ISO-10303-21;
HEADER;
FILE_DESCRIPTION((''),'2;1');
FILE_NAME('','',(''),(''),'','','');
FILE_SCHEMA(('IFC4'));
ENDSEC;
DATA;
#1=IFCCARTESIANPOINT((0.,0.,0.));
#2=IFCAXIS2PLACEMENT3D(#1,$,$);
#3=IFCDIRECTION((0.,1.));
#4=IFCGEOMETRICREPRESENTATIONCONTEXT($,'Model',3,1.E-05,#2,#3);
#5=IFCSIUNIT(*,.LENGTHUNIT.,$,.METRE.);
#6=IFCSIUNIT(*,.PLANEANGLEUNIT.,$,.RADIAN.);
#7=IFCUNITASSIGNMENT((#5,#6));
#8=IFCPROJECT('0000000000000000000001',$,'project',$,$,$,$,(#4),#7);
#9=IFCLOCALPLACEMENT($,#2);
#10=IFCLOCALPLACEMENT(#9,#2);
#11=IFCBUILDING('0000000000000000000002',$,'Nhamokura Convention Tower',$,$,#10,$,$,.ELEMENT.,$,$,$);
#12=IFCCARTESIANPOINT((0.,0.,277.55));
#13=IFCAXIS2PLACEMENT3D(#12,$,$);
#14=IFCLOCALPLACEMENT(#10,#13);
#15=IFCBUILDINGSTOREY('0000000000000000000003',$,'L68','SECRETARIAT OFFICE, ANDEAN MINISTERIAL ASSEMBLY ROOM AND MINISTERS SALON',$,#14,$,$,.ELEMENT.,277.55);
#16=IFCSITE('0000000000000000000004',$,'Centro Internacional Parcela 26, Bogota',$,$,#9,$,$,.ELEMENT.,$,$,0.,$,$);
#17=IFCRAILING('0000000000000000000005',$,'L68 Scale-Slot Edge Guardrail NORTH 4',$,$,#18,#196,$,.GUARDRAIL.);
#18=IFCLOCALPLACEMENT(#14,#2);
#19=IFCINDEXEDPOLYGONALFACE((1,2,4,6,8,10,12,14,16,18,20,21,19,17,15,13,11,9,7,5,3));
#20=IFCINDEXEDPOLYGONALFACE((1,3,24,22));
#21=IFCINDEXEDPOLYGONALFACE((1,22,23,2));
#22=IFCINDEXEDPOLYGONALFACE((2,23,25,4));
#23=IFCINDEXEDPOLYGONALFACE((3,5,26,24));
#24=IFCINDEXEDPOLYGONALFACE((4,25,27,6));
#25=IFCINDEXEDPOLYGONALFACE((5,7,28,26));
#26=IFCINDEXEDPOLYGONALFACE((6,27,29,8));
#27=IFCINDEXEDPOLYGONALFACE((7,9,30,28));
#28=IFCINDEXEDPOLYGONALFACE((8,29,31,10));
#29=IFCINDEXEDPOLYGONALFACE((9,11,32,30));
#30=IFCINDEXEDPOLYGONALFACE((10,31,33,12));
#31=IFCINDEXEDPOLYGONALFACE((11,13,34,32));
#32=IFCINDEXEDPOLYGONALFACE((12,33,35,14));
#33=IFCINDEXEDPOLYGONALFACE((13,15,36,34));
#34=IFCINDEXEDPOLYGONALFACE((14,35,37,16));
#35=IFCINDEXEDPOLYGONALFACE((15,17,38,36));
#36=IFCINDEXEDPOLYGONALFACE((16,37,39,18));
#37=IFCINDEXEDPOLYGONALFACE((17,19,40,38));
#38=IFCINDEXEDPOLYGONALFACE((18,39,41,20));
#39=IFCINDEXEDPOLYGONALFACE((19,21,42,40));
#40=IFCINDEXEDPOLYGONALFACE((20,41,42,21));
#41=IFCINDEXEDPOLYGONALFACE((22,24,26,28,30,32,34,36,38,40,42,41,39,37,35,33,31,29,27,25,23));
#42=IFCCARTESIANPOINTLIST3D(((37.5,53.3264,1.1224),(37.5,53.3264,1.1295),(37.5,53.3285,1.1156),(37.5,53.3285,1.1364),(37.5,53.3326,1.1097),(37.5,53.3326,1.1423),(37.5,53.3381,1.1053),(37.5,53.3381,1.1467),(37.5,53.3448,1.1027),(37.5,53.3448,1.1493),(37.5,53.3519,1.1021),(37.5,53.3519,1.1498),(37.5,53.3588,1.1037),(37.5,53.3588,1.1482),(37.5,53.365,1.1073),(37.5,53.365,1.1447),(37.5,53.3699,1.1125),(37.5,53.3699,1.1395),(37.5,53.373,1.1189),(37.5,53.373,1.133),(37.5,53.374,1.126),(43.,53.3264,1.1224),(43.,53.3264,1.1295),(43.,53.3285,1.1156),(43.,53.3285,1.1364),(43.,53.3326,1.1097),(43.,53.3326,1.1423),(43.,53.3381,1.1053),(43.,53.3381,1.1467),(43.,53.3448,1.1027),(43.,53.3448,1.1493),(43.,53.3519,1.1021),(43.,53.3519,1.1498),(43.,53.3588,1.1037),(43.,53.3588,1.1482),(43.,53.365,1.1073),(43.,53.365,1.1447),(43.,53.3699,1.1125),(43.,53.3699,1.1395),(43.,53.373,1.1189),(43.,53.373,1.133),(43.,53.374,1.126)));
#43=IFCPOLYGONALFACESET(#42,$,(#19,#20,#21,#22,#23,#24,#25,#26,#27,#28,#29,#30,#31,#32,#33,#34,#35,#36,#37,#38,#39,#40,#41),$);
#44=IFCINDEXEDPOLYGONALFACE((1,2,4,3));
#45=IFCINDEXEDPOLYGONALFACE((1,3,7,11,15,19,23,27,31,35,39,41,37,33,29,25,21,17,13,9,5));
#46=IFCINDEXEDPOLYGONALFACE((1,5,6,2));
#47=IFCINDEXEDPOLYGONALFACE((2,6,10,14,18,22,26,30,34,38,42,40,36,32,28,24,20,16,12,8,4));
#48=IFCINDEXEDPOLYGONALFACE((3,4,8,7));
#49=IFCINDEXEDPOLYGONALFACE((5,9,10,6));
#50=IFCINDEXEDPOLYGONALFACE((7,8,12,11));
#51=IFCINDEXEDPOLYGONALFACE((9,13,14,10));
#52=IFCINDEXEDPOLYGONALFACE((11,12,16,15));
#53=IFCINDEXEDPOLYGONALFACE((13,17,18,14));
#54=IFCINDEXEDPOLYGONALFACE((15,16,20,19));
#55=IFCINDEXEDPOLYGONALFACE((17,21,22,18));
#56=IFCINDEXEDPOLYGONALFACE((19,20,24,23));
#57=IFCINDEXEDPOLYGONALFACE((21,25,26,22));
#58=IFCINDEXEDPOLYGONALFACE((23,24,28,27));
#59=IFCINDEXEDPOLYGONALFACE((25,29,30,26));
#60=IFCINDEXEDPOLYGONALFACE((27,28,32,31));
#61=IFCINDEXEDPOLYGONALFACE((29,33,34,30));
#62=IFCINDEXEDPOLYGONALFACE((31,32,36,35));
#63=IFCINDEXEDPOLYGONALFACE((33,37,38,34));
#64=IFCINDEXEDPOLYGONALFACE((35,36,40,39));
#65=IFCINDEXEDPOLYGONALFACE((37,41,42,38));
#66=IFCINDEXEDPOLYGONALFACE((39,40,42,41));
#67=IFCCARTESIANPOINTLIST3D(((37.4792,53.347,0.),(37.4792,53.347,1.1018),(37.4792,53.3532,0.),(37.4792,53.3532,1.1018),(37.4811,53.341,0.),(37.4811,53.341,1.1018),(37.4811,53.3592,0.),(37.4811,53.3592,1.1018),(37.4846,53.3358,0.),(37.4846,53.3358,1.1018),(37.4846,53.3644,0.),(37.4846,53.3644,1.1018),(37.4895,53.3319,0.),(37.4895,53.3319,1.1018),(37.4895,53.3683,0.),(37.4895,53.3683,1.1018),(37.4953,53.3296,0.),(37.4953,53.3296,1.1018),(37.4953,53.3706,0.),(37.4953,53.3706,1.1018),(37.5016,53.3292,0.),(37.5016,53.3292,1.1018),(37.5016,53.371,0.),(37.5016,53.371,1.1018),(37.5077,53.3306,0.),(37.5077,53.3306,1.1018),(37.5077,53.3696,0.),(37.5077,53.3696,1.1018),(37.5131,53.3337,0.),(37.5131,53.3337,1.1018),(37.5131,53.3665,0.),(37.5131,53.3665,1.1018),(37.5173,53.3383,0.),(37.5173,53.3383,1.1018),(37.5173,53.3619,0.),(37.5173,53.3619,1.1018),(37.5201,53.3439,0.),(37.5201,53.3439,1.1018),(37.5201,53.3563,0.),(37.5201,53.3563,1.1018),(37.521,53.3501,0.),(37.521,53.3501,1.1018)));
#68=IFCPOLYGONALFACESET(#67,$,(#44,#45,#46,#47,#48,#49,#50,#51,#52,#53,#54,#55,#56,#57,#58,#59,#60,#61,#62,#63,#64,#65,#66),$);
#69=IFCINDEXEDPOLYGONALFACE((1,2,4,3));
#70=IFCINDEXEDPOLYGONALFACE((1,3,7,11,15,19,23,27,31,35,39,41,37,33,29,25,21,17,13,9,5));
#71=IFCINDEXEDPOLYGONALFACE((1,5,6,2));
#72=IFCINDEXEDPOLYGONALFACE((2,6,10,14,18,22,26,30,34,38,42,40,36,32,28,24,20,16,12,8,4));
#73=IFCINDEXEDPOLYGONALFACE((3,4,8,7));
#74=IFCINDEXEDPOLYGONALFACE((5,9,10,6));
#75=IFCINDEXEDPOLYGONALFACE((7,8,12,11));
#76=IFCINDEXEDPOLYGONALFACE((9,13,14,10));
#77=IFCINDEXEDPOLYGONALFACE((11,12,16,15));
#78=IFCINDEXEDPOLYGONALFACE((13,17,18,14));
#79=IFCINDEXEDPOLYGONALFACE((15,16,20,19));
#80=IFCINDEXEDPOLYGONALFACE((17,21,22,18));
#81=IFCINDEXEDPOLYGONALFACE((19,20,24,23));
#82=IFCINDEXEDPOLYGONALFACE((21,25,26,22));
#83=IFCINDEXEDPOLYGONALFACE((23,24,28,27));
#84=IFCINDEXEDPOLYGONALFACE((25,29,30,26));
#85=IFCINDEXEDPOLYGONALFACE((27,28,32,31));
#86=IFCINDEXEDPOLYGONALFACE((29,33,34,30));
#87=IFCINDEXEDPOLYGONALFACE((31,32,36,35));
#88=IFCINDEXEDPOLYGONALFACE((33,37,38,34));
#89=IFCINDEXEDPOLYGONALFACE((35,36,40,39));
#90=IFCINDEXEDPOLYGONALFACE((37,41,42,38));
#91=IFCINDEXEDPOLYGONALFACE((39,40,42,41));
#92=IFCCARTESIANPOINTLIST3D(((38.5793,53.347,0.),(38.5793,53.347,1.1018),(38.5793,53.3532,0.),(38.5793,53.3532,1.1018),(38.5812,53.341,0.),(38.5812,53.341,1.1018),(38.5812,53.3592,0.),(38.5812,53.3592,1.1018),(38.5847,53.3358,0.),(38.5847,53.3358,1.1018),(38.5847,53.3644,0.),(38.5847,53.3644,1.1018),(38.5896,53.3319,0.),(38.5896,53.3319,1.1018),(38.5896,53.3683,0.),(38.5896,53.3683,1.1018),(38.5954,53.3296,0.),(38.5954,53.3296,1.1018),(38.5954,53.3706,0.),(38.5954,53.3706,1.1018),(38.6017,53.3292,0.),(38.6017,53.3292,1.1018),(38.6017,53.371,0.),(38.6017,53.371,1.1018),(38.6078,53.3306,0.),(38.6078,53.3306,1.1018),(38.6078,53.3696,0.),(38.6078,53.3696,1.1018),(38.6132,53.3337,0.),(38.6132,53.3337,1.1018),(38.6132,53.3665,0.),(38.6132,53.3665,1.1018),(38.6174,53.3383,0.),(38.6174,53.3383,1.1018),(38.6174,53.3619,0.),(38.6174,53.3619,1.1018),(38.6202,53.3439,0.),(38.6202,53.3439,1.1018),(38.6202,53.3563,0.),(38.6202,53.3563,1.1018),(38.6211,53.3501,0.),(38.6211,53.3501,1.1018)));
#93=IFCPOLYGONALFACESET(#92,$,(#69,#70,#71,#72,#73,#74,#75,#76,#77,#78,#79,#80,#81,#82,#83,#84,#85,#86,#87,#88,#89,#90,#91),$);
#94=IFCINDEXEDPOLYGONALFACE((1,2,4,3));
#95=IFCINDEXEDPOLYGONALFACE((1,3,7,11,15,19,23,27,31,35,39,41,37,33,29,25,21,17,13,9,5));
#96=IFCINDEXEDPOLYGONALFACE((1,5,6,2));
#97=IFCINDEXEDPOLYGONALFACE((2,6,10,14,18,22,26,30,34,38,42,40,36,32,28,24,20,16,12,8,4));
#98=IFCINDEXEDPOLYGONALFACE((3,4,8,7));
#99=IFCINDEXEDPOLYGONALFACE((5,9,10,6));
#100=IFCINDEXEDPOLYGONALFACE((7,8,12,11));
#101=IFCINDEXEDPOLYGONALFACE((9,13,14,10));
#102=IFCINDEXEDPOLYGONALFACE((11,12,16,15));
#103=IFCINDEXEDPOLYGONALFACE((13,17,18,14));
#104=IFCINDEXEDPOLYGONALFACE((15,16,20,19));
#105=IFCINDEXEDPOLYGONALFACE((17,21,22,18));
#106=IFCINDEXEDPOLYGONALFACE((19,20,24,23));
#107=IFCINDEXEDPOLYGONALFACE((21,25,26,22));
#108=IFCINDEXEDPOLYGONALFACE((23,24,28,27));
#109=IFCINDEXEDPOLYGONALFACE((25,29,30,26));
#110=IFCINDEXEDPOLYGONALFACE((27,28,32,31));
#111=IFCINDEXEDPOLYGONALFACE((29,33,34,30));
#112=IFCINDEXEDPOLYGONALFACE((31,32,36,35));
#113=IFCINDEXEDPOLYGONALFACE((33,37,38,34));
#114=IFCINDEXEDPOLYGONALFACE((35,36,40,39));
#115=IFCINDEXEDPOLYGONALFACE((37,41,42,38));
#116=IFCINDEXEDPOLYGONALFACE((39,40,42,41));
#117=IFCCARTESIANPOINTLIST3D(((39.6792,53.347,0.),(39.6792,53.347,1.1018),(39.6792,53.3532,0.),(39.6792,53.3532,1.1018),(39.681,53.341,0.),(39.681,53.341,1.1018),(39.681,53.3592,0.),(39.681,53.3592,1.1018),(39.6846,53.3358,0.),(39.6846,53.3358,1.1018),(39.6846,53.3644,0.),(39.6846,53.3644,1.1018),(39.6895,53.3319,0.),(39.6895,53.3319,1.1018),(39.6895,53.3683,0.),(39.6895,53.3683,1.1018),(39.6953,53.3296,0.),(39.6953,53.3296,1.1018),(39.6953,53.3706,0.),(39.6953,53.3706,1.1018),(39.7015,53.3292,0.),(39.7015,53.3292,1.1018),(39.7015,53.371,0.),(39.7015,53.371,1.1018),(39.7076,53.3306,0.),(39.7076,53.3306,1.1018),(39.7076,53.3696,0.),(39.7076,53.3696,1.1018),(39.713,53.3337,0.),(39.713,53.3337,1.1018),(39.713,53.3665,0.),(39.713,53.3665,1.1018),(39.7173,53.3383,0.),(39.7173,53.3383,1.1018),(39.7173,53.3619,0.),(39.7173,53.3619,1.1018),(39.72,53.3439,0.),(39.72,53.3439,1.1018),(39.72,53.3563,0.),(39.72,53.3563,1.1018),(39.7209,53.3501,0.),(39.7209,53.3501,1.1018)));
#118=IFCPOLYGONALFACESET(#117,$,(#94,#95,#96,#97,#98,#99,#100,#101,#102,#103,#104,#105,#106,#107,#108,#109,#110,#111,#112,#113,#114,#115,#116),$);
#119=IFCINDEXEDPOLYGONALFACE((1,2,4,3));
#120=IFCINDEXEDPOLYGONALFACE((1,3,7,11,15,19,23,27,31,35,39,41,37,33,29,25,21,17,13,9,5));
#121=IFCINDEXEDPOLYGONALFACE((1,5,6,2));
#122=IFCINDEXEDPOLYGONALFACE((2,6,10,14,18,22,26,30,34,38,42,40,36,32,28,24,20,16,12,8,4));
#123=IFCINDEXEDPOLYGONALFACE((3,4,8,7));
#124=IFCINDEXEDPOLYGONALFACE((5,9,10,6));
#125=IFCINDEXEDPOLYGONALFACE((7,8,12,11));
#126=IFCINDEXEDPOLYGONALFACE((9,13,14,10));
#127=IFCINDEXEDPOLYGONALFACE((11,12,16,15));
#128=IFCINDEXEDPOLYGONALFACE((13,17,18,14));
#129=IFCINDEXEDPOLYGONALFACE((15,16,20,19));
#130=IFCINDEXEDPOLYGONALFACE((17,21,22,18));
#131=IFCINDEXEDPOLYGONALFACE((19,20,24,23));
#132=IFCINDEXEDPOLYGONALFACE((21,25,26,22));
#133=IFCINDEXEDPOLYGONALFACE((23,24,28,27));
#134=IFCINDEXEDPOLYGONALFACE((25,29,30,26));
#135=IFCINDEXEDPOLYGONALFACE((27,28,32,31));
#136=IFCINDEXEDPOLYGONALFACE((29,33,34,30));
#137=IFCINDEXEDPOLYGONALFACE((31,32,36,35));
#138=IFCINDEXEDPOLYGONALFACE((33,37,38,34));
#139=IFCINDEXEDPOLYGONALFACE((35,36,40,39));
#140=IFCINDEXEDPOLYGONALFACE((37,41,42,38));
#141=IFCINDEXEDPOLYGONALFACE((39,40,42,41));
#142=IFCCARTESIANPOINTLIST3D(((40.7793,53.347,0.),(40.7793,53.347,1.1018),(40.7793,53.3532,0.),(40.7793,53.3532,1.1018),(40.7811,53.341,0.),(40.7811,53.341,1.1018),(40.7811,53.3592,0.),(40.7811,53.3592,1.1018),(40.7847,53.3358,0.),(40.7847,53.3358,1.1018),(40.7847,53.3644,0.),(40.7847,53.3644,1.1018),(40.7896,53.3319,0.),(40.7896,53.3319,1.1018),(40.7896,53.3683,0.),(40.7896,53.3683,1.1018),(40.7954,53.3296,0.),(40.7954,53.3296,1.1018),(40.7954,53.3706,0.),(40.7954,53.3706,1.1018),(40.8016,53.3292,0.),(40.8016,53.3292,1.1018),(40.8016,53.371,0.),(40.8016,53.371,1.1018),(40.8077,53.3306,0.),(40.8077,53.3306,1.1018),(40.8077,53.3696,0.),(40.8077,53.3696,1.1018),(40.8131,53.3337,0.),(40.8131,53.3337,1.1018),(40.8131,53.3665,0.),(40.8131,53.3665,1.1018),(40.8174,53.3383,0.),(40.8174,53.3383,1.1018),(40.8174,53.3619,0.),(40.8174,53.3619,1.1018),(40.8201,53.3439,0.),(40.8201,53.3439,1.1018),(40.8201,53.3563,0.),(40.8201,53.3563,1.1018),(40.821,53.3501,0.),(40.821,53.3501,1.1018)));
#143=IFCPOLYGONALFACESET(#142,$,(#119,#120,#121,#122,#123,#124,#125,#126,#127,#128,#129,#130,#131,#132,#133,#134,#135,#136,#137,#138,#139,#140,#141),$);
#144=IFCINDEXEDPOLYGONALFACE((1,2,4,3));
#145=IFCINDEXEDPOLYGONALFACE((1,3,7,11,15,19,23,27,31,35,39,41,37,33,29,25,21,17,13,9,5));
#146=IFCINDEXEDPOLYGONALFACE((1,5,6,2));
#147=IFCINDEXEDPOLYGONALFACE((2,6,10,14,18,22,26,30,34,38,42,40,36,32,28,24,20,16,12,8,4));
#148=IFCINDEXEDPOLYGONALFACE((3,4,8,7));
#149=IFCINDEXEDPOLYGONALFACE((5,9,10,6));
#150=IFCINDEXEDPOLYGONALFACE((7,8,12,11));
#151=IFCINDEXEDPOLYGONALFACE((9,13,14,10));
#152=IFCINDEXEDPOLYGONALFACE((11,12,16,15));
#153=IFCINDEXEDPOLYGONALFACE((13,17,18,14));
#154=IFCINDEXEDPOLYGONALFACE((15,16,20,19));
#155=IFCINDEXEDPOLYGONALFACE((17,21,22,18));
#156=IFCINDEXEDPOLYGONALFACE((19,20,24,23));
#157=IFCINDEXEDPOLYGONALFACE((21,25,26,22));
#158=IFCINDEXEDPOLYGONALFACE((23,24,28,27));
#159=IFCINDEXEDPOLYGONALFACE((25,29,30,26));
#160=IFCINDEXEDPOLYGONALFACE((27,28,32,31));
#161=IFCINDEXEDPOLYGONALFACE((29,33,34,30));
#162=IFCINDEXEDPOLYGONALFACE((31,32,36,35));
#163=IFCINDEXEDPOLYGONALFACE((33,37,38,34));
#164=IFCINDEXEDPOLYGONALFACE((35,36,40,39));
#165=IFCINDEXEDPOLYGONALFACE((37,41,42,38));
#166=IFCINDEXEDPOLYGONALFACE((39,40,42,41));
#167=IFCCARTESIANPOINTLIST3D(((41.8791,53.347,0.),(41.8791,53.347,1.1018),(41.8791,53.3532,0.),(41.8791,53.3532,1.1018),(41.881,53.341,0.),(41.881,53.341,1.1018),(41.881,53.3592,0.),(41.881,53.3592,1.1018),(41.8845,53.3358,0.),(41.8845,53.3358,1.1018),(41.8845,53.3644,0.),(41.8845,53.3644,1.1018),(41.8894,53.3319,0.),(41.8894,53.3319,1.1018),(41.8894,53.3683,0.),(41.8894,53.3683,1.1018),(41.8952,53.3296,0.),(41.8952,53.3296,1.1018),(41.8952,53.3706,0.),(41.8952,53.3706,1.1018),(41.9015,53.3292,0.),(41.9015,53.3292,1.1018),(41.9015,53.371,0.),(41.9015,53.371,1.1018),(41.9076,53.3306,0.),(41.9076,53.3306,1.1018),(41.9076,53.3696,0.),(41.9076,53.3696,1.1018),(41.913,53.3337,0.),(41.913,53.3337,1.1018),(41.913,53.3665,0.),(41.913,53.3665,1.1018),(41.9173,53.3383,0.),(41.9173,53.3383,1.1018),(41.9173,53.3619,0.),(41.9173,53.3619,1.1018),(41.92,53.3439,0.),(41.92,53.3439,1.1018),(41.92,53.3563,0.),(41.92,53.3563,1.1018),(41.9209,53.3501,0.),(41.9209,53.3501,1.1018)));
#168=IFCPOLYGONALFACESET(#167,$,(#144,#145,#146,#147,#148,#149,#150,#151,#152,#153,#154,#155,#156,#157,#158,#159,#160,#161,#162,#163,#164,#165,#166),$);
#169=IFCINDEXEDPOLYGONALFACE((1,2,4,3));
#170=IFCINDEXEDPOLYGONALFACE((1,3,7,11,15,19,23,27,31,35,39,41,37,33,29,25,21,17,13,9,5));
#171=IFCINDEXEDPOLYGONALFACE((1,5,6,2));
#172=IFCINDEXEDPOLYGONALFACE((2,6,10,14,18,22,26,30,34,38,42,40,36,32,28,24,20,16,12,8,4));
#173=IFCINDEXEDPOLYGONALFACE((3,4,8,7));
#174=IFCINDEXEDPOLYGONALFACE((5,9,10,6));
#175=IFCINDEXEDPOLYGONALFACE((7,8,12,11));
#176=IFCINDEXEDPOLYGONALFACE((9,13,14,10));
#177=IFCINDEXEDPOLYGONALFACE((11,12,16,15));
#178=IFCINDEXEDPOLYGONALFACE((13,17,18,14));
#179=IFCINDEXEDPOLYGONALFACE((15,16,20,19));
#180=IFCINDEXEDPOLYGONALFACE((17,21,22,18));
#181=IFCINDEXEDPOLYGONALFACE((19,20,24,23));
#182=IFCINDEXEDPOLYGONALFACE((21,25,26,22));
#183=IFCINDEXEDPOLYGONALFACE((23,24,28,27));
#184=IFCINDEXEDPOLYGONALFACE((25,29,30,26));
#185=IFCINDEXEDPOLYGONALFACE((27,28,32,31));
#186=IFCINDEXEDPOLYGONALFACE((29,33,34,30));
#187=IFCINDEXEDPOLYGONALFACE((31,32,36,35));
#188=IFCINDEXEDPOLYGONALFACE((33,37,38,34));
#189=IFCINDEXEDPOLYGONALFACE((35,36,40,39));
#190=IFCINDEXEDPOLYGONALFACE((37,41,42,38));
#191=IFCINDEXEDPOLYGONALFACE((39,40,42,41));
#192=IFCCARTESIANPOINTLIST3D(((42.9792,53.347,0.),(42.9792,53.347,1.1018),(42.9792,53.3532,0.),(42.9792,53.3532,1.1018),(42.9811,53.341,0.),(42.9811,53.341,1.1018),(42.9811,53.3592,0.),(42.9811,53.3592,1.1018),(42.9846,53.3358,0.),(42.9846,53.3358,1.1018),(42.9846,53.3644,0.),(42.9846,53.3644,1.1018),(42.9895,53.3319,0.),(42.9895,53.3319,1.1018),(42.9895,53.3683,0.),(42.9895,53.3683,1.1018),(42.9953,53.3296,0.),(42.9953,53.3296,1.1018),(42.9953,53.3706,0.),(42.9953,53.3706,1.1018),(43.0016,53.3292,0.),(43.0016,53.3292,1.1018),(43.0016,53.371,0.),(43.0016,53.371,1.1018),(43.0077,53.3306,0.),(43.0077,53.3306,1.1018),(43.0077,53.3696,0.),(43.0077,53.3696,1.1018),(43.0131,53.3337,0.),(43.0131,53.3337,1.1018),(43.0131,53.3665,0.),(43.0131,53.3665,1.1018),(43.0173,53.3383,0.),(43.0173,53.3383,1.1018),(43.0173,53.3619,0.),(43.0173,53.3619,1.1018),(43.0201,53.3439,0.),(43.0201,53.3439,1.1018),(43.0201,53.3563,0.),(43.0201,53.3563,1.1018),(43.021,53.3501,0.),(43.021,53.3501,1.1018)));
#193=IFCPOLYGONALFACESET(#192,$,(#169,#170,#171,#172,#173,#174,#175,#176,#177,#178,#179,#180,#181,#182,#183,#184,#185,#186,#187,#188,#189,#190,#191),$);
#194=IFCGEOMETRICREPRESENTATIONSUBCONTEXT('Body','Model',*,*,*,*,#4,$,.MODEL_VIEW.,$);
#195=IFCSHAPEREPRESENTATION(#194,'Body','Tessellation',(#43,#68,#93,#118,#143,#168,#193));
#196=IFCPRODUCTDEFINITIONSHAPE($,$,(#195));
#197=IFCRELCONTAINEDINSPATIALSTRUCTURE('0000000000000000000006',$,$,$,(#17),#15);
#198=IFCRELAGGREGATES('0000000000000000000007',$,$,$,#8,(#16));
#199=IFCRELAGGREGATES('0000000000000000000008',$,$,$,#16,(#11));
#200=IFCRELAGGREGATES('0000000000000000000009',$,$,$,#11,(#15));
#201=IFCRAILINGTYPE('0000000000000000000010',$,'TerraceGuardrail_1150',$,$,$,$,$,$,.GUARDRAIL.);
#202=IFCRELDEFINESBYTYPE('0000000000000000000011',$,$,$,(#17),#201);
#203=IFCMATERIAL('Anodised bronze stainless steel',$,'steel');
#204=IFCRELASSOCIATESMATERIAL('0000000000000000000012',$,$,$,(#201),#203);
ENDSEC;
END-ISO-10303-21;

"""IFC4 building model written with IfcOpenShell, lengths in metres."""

from ifc_helpers import new_model, si_unit, direction, frame, origin, origin_2d, place, context, subcontext, project, spatial, circle, extrude, material, type_object, element, save


model = new_model("IFC4")

# Units and contexts
model_context = context("Model", 3, precision=1e-05, world=origin(), true_north=direction((0.0, 1.0)))
body_context = subcontext(model_context, "Body", "Model", "MODEL_VIEW")
ifc_project = project(units=[si_unit("LENGTHUNIT", "METRE"), si_unit("PLANEANGLEUNIT", "RADIAN")], contexts=[model_context])

# Site, building, storey
site_placement = place(None, origin())
site = spatial("IfcSite", under=ifc_project, at=site_placement, Name="Centro Internacional Parcela 26, Bogota", CompositionType="ELEMENT", RefElevation=0.0)
building_placement = place(site_placement, origin())
building = spatial("IfcBuilding", under=site, at=building_placement, Name="Nhamokura Convention Tower", CompositionType="ELEMENT")
storey_placement = place(building_placement, frame((0.0, 0.0, 277.55)))
storey = spatial("IfcBuildingStorey", under=building, at=storey_placement, Name="L68", Description="SECRETARIAT OFFICE, ANDEAN MINISTERIAL ASSEMBLY ROOM AND MINISTERS SALON", CompositionType="ELEMENT", Elevation=277.55)

# Railing
ifc_material_1 = material(Name="Anodised bronze stainless steel", Category="steel")
railing_type = type_object("IfcRailingType", Name="TerraceGuardrail_1150", PredefinedType="GUARDRAIL", material=ifc_material_1)
railing_placement = place(storey_placement, frame((37.5, 53.3501, 0.0)))
element("IfcRailing", 1, at=railing_placement, inside=storey, type_object=railing_type, Name="L68 Scale-Slot Edge Guardrail NORTH 4", PredefinedType="GUARDRAIL", context=body_context, shape_type="SweptSolid", body=[
    extrude(circle(Radius=0.0239, at=origin_2d()), frame((0.0, 0.0, 1.126), z_axis=(1.0, 0.0, 0.0), x_axis=(0.0, 1.0, 0.0)), (0.0, 0.0, 1.0), 5.5),
    extrude(circle(Radius=0.021, at=origin_2d()), origin(), (0.0, 0.0, 1.0), 1.1018),
    extrude(circle(Radius=0.021, at=origin_2d()), frame((1.1001, 0.0, 0.0)), (0.0, 0.0, 1.0), 1.1018),
    extrude(circle(Radius=0.021, at=origin_2d()), frame((2.2, 0.0, 0.0)), (0.0, 0.0, 1.0), 1.1018),
    extrude(circle(Radius=0.021, at=origin_2d()), frame((3.3, 0.0, 0.0)), (0.0, 0.0, 1.0), 1.1018),
    extrude(circle(Radius=0.021, at=origin_2d()), frame((4.3999, 0.0, 0.0)), (0.0, 0.0, 1.0), 1.1018),
    extrude(circle(Radius=0.021, at=origin_2d()), frame((5.5, 0.0, 0.0)), (0.0, 0.0, 1.0), 1.1018),
])

save(model, "model.ifc")
